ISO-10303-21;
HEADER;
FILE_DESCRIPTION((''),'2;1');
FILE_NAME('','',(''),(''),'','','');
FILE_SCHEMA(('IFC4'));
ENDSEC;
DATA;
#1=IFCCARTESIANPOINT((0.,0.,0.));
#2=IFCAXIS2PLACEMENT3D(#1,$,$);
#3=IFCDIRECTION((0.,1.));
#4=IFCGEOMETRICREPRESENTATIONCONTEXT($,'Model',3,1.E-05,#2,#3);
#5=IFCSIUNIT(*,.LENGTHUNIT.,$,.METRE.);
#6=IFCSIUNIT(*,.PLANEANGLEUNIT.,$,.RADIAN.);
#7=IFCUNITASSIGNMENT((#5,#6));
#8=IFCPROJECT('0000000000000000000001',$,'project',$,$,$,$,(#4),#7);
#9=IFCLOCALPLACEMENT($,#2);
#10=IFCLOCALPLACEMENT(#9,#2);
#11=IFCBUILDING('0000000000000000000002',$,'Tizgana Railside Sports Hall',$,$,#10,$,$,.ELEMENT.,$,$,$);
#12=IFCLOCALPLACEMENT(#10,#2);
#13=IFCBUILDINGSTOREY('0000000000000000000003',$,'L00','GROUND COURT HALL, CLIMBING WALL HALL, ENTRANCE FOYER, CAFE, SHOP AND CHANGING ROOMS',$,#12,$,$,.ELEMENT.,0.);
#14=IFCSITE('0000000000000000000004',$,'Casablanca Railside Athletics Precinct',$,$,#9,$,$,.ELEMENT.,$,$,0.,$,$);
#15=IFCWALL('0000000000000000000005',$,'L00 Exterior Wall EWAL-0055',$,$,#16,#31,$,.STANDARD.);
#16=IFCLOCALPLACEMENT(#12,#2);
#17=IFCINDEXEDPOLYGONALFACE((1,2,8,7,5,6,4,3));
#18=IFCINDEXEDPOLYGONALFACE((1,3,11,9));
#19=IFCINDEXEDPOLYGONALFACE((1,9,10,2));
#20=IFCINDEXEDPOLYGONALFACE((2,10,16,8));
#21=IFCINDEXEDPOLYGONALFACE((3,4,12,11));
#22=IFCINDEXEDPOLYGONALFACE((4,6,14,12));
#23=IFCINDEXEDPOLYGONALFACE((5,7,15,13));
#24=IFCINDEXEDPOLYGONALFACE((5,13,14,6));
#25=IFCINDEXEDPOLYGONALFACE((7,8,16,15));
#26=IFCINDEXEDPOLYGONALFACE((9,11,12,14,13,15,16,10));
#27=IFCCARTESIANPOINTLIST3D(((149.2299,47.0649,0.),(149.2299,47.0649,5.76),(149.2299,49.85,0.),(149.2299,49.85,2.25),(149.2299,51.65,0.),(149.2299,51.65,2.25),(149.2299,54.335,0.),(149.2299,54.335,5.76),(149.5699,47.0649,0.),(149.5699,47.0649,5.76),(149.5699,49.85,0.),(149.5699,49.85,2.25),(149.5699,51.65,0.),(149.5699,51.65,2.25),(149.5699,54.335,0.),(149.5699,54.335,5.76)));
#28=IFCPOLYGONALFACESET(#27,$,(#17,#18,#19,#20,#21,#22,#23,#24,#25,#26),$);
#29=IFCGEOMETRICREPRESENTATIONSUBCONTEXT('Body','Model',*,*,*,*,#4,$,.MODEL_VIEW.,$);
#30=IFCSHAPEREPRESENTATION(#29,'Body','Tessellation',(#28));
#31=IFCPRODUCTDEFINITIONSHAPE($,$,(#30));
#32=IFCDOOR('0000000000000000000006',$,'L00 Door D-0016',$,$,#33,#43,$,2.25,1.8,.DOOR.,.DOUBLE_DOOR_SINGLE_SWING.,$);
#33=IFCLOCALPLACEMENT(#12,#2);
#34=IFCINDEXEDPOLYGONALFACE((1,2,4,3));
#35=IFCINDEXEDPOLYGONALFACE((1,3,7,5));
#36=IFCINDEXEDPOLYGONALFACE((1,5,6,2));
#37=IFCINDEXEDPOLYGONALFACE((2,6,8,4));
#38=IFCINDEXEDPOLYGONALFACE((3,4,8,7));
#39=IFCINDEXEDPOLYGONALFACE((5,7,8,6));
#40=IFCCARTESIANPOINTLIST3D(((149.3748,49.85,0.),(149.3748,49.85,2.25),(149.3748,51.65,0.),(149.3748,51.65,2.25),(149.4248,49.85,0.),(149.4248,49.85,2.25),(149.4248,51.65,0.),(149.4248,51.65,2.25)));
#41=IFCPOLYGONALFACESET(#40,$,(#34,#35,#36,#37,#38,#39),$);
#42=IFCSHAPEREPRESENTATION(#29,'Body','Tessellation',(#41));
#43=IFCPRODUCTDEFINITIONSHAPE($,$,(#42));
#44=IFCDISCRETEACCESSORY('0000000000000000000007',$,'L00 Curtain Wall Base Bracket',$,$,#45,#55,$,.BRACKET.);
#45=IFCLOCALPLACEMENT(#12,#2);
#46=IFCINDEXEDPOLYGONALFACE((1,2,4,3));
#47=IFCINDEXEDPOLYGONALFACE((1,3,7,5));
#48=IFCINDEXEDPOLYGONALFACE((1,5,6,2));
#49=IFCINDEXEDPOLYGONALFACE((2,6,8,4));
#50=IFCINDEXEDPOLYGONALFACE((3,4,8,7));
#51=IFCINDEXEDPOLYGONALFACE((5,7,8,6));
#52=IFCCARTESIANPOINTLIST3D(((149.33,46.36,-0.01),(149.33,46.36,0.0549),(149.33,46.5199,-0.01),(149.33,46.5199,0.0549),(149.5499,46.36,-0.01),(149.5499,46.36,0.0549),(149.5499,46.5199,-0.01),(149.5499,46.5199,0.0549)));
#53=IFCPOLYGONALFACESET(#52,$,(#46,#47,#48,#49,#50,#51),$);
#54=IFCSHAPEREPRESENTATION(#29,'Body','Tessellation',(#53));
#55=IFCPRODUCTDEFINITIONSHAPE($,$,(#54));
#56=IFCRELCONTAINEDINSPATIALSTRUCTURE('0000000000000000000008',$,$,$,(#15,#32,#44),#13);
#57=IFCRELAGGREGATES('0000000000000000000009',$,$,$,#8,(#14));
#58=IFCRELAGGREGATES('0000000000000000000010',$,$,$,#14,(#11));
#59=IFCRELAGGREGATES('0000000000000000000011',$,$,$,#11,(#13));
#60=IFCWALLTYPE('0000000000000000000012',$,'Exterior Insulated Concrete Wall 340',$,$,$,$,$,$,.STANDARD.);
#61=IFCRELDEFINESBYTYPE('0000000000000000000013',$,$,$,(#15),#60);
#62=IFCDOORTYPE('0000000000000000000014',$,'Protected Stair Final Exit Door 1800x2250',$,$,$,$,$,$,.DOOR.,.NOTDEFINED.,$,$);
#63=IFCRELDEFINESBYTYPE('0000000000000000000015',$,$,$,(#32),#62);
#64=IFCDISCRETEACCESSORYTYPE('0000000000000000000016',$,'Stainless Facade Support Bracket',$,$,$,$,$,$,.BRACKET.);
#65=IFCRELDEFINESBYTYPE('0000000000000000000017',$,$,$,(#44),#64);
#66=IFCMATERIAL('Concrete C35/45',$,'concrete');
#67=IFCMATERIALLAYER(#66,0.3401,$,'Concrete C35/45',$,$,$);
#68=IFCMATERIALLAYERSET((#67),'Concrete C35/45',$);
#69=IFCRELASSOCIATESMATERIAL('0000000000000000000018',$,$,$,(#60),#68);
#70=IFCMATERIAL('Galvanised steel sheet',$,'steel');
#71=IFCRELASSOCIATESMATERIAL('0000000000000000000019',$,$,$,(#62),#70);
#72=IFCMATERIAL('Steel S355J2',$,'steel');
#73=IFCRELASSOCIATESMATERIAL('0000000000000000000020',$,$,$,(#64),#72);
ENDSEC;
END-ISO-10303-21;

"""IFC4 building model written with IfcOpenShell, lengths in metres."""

from ifc_helpers import new_model, si_unit, direction, frame, frame_2d, origin, origin_2d, place, context, subcontext, project, spatial, rectangle, extrude, material, layer, layer_set, type_object, element, fill, save


model = new_model("IFC4")

# Units and contexts
model_context = context("Model", 3, precision=1e-05, world=origin(), true_north=direction((0.0, 1.0)))
body_context = subcontext(model_context, "Body", "Model", "MODEL_VIEW")
ifc_project = project(units=[si_unit("LENGTHUNIT", "METRE"), si_unit("PLANEANGLEUNIT", "RADIAN")], contexts=[model_context])

# Site, building, storey
site_placement = place(None, origin())
site = spatial("IfcSite", under=ifc_project, at=site_placement, Name="Casablanca Railside Athletics Precinct", CompositionType="ELEMENT", RefElevation=0.0)
building_placement = place(site_placement, origin())
building = spatial("IfcBuilding", under=site, at=building_placement, Name="Tizgana Railside Sports Hall", CompositionType="ELEMENT")
storey_placement = place(building_placement, origin())
storey = spatial("IfcBuildingStorey", under=building, at=storey_placement, Name="L00", Description="GROUND COURT HALL, CLIMBING WALL HALL, ENTRANCE FOYER, CAFE, SHOP AND CHANGING ROOMS", CompositionType="ELEMENT", Elevation=0.0)

# Shared definitions
ifc_material_1 = material(Name="Concrete C35/45", Category="concrete")

# Wall, opening, door
ifc_layer_1 = layer(ifc_material_1, 0.3401, Name="Concrete C35/45")
ifc_layer_set_1 = layer_set([ifc_layer_1], Name="Concrete C35/45")
wall_type = type_object("IfcWallType", Name="Exterior Insulated Concrete Wall 340", PredefinedType="STANDARD", material=ifc_layer_set_1)
wall_placement = place(storey_placement, frame((149.3999, 54.335, 0.0), z_axis=(0.0, 0.0, 1.0), x_axis=(0.0, -1.0, 0.0)))
wall = element("IfcWall", 1, at=wall_placement, inside=storey, type_object=wall_type, Name="L00 Exterior Wall EWAL-0055", PredefinedType="STANDARD", context=body_context, shape_type="SweptSolid", body=[
    extrude(rectangle(XDim=7.27, YDim=0.3401, at=frame_2d((3.635, 0.0))), origin(), (0.0, 0.0, 1.0), 5.76),
])
opening_placement = place(wall_placement, frame((2.6851, 0.0, 0.0)))
opening = element("IfcOpeningElement", 2, at=opening_placement, cuts=wall, PredefinedType="OPENING", context=body_context, shape_type="SweptSolid", body=[
    extrude(rectangle(XDim=1.8, YDim=2.25, at=frame_2d((0.8999, 1.125))), frame((0.0, 0.1799, 0.0), z_axis=(0.0, -1.0, 0.0), x_axis=(1.0, 0.0, 0.0)), (0.0, 0.0, 1.0), 0.3601),
])
ifc_material_2 = material(Name="Galvanised steel sheet", Category="steel")
door_type = type_object("IfcDoorType", Name="Protected Stair Final Exit Door 1800x2250", OperationType="NOTDEFINED", PredefinedType="DOOR", material=ifc_material_2)
door_placement = place(opening_placement, origin())
door = element("IfcDoor", 3, at=door_placement, inside=storey, type_object=door_type, Name="L00 Door D-0016", OperationType="DOUBLE_DOOR_SINGLE_SWING", OverallHeight=2.25, OverallWidth=1.8, PredefinedType="DOOR", context=body_context, shape_type="SweptSolid", body=[
    extrude(rectangle(XDim=1.8, YDim=2.25, at=frame_2d((0.8999, 1.125))), frame((0.0, 0.0249, 0.0), z_axis=(0.0, -1.0, 0.0), x_axis=(1.0, 0.0, 0.0)), (0.0, 0.0, 1.0), 0.05),
])
fill(opening, door)

# Discrete accessory
ifc_material_3 = material(Name="Steel S355J2", Category="steel")
discrete_accessory_type = type_object("IfcDiscreteAccessoryType", Name="Stainless Facade Support Bracket", PredefinedType="BRACKET", material=ifc_material_3)
discrete_accessory_placement = place(storey_placement, frame((149.4399, 46.4399, -0.01), z_axis=(0.0, 0.0, 1.0), x_axis=(0.0, 1.0, 0.0)))
element("IfcDiscreteAccessory", 4, at=discrete_accessory_placement, inside=storey, type_object=discrete_accessory_type, Name="L00 Curtain Wall Base Bracket", PredefinedType="BRACKET", context=body_context, shape_type="SweptSolid", body=[
    extrude(rectangle(XDim=0.1599, YDim=0.22, at=origin_2d()), origin(), (0.0, 0.0, 1.0), 0.0649),
])

save(model, "model.ifc")
